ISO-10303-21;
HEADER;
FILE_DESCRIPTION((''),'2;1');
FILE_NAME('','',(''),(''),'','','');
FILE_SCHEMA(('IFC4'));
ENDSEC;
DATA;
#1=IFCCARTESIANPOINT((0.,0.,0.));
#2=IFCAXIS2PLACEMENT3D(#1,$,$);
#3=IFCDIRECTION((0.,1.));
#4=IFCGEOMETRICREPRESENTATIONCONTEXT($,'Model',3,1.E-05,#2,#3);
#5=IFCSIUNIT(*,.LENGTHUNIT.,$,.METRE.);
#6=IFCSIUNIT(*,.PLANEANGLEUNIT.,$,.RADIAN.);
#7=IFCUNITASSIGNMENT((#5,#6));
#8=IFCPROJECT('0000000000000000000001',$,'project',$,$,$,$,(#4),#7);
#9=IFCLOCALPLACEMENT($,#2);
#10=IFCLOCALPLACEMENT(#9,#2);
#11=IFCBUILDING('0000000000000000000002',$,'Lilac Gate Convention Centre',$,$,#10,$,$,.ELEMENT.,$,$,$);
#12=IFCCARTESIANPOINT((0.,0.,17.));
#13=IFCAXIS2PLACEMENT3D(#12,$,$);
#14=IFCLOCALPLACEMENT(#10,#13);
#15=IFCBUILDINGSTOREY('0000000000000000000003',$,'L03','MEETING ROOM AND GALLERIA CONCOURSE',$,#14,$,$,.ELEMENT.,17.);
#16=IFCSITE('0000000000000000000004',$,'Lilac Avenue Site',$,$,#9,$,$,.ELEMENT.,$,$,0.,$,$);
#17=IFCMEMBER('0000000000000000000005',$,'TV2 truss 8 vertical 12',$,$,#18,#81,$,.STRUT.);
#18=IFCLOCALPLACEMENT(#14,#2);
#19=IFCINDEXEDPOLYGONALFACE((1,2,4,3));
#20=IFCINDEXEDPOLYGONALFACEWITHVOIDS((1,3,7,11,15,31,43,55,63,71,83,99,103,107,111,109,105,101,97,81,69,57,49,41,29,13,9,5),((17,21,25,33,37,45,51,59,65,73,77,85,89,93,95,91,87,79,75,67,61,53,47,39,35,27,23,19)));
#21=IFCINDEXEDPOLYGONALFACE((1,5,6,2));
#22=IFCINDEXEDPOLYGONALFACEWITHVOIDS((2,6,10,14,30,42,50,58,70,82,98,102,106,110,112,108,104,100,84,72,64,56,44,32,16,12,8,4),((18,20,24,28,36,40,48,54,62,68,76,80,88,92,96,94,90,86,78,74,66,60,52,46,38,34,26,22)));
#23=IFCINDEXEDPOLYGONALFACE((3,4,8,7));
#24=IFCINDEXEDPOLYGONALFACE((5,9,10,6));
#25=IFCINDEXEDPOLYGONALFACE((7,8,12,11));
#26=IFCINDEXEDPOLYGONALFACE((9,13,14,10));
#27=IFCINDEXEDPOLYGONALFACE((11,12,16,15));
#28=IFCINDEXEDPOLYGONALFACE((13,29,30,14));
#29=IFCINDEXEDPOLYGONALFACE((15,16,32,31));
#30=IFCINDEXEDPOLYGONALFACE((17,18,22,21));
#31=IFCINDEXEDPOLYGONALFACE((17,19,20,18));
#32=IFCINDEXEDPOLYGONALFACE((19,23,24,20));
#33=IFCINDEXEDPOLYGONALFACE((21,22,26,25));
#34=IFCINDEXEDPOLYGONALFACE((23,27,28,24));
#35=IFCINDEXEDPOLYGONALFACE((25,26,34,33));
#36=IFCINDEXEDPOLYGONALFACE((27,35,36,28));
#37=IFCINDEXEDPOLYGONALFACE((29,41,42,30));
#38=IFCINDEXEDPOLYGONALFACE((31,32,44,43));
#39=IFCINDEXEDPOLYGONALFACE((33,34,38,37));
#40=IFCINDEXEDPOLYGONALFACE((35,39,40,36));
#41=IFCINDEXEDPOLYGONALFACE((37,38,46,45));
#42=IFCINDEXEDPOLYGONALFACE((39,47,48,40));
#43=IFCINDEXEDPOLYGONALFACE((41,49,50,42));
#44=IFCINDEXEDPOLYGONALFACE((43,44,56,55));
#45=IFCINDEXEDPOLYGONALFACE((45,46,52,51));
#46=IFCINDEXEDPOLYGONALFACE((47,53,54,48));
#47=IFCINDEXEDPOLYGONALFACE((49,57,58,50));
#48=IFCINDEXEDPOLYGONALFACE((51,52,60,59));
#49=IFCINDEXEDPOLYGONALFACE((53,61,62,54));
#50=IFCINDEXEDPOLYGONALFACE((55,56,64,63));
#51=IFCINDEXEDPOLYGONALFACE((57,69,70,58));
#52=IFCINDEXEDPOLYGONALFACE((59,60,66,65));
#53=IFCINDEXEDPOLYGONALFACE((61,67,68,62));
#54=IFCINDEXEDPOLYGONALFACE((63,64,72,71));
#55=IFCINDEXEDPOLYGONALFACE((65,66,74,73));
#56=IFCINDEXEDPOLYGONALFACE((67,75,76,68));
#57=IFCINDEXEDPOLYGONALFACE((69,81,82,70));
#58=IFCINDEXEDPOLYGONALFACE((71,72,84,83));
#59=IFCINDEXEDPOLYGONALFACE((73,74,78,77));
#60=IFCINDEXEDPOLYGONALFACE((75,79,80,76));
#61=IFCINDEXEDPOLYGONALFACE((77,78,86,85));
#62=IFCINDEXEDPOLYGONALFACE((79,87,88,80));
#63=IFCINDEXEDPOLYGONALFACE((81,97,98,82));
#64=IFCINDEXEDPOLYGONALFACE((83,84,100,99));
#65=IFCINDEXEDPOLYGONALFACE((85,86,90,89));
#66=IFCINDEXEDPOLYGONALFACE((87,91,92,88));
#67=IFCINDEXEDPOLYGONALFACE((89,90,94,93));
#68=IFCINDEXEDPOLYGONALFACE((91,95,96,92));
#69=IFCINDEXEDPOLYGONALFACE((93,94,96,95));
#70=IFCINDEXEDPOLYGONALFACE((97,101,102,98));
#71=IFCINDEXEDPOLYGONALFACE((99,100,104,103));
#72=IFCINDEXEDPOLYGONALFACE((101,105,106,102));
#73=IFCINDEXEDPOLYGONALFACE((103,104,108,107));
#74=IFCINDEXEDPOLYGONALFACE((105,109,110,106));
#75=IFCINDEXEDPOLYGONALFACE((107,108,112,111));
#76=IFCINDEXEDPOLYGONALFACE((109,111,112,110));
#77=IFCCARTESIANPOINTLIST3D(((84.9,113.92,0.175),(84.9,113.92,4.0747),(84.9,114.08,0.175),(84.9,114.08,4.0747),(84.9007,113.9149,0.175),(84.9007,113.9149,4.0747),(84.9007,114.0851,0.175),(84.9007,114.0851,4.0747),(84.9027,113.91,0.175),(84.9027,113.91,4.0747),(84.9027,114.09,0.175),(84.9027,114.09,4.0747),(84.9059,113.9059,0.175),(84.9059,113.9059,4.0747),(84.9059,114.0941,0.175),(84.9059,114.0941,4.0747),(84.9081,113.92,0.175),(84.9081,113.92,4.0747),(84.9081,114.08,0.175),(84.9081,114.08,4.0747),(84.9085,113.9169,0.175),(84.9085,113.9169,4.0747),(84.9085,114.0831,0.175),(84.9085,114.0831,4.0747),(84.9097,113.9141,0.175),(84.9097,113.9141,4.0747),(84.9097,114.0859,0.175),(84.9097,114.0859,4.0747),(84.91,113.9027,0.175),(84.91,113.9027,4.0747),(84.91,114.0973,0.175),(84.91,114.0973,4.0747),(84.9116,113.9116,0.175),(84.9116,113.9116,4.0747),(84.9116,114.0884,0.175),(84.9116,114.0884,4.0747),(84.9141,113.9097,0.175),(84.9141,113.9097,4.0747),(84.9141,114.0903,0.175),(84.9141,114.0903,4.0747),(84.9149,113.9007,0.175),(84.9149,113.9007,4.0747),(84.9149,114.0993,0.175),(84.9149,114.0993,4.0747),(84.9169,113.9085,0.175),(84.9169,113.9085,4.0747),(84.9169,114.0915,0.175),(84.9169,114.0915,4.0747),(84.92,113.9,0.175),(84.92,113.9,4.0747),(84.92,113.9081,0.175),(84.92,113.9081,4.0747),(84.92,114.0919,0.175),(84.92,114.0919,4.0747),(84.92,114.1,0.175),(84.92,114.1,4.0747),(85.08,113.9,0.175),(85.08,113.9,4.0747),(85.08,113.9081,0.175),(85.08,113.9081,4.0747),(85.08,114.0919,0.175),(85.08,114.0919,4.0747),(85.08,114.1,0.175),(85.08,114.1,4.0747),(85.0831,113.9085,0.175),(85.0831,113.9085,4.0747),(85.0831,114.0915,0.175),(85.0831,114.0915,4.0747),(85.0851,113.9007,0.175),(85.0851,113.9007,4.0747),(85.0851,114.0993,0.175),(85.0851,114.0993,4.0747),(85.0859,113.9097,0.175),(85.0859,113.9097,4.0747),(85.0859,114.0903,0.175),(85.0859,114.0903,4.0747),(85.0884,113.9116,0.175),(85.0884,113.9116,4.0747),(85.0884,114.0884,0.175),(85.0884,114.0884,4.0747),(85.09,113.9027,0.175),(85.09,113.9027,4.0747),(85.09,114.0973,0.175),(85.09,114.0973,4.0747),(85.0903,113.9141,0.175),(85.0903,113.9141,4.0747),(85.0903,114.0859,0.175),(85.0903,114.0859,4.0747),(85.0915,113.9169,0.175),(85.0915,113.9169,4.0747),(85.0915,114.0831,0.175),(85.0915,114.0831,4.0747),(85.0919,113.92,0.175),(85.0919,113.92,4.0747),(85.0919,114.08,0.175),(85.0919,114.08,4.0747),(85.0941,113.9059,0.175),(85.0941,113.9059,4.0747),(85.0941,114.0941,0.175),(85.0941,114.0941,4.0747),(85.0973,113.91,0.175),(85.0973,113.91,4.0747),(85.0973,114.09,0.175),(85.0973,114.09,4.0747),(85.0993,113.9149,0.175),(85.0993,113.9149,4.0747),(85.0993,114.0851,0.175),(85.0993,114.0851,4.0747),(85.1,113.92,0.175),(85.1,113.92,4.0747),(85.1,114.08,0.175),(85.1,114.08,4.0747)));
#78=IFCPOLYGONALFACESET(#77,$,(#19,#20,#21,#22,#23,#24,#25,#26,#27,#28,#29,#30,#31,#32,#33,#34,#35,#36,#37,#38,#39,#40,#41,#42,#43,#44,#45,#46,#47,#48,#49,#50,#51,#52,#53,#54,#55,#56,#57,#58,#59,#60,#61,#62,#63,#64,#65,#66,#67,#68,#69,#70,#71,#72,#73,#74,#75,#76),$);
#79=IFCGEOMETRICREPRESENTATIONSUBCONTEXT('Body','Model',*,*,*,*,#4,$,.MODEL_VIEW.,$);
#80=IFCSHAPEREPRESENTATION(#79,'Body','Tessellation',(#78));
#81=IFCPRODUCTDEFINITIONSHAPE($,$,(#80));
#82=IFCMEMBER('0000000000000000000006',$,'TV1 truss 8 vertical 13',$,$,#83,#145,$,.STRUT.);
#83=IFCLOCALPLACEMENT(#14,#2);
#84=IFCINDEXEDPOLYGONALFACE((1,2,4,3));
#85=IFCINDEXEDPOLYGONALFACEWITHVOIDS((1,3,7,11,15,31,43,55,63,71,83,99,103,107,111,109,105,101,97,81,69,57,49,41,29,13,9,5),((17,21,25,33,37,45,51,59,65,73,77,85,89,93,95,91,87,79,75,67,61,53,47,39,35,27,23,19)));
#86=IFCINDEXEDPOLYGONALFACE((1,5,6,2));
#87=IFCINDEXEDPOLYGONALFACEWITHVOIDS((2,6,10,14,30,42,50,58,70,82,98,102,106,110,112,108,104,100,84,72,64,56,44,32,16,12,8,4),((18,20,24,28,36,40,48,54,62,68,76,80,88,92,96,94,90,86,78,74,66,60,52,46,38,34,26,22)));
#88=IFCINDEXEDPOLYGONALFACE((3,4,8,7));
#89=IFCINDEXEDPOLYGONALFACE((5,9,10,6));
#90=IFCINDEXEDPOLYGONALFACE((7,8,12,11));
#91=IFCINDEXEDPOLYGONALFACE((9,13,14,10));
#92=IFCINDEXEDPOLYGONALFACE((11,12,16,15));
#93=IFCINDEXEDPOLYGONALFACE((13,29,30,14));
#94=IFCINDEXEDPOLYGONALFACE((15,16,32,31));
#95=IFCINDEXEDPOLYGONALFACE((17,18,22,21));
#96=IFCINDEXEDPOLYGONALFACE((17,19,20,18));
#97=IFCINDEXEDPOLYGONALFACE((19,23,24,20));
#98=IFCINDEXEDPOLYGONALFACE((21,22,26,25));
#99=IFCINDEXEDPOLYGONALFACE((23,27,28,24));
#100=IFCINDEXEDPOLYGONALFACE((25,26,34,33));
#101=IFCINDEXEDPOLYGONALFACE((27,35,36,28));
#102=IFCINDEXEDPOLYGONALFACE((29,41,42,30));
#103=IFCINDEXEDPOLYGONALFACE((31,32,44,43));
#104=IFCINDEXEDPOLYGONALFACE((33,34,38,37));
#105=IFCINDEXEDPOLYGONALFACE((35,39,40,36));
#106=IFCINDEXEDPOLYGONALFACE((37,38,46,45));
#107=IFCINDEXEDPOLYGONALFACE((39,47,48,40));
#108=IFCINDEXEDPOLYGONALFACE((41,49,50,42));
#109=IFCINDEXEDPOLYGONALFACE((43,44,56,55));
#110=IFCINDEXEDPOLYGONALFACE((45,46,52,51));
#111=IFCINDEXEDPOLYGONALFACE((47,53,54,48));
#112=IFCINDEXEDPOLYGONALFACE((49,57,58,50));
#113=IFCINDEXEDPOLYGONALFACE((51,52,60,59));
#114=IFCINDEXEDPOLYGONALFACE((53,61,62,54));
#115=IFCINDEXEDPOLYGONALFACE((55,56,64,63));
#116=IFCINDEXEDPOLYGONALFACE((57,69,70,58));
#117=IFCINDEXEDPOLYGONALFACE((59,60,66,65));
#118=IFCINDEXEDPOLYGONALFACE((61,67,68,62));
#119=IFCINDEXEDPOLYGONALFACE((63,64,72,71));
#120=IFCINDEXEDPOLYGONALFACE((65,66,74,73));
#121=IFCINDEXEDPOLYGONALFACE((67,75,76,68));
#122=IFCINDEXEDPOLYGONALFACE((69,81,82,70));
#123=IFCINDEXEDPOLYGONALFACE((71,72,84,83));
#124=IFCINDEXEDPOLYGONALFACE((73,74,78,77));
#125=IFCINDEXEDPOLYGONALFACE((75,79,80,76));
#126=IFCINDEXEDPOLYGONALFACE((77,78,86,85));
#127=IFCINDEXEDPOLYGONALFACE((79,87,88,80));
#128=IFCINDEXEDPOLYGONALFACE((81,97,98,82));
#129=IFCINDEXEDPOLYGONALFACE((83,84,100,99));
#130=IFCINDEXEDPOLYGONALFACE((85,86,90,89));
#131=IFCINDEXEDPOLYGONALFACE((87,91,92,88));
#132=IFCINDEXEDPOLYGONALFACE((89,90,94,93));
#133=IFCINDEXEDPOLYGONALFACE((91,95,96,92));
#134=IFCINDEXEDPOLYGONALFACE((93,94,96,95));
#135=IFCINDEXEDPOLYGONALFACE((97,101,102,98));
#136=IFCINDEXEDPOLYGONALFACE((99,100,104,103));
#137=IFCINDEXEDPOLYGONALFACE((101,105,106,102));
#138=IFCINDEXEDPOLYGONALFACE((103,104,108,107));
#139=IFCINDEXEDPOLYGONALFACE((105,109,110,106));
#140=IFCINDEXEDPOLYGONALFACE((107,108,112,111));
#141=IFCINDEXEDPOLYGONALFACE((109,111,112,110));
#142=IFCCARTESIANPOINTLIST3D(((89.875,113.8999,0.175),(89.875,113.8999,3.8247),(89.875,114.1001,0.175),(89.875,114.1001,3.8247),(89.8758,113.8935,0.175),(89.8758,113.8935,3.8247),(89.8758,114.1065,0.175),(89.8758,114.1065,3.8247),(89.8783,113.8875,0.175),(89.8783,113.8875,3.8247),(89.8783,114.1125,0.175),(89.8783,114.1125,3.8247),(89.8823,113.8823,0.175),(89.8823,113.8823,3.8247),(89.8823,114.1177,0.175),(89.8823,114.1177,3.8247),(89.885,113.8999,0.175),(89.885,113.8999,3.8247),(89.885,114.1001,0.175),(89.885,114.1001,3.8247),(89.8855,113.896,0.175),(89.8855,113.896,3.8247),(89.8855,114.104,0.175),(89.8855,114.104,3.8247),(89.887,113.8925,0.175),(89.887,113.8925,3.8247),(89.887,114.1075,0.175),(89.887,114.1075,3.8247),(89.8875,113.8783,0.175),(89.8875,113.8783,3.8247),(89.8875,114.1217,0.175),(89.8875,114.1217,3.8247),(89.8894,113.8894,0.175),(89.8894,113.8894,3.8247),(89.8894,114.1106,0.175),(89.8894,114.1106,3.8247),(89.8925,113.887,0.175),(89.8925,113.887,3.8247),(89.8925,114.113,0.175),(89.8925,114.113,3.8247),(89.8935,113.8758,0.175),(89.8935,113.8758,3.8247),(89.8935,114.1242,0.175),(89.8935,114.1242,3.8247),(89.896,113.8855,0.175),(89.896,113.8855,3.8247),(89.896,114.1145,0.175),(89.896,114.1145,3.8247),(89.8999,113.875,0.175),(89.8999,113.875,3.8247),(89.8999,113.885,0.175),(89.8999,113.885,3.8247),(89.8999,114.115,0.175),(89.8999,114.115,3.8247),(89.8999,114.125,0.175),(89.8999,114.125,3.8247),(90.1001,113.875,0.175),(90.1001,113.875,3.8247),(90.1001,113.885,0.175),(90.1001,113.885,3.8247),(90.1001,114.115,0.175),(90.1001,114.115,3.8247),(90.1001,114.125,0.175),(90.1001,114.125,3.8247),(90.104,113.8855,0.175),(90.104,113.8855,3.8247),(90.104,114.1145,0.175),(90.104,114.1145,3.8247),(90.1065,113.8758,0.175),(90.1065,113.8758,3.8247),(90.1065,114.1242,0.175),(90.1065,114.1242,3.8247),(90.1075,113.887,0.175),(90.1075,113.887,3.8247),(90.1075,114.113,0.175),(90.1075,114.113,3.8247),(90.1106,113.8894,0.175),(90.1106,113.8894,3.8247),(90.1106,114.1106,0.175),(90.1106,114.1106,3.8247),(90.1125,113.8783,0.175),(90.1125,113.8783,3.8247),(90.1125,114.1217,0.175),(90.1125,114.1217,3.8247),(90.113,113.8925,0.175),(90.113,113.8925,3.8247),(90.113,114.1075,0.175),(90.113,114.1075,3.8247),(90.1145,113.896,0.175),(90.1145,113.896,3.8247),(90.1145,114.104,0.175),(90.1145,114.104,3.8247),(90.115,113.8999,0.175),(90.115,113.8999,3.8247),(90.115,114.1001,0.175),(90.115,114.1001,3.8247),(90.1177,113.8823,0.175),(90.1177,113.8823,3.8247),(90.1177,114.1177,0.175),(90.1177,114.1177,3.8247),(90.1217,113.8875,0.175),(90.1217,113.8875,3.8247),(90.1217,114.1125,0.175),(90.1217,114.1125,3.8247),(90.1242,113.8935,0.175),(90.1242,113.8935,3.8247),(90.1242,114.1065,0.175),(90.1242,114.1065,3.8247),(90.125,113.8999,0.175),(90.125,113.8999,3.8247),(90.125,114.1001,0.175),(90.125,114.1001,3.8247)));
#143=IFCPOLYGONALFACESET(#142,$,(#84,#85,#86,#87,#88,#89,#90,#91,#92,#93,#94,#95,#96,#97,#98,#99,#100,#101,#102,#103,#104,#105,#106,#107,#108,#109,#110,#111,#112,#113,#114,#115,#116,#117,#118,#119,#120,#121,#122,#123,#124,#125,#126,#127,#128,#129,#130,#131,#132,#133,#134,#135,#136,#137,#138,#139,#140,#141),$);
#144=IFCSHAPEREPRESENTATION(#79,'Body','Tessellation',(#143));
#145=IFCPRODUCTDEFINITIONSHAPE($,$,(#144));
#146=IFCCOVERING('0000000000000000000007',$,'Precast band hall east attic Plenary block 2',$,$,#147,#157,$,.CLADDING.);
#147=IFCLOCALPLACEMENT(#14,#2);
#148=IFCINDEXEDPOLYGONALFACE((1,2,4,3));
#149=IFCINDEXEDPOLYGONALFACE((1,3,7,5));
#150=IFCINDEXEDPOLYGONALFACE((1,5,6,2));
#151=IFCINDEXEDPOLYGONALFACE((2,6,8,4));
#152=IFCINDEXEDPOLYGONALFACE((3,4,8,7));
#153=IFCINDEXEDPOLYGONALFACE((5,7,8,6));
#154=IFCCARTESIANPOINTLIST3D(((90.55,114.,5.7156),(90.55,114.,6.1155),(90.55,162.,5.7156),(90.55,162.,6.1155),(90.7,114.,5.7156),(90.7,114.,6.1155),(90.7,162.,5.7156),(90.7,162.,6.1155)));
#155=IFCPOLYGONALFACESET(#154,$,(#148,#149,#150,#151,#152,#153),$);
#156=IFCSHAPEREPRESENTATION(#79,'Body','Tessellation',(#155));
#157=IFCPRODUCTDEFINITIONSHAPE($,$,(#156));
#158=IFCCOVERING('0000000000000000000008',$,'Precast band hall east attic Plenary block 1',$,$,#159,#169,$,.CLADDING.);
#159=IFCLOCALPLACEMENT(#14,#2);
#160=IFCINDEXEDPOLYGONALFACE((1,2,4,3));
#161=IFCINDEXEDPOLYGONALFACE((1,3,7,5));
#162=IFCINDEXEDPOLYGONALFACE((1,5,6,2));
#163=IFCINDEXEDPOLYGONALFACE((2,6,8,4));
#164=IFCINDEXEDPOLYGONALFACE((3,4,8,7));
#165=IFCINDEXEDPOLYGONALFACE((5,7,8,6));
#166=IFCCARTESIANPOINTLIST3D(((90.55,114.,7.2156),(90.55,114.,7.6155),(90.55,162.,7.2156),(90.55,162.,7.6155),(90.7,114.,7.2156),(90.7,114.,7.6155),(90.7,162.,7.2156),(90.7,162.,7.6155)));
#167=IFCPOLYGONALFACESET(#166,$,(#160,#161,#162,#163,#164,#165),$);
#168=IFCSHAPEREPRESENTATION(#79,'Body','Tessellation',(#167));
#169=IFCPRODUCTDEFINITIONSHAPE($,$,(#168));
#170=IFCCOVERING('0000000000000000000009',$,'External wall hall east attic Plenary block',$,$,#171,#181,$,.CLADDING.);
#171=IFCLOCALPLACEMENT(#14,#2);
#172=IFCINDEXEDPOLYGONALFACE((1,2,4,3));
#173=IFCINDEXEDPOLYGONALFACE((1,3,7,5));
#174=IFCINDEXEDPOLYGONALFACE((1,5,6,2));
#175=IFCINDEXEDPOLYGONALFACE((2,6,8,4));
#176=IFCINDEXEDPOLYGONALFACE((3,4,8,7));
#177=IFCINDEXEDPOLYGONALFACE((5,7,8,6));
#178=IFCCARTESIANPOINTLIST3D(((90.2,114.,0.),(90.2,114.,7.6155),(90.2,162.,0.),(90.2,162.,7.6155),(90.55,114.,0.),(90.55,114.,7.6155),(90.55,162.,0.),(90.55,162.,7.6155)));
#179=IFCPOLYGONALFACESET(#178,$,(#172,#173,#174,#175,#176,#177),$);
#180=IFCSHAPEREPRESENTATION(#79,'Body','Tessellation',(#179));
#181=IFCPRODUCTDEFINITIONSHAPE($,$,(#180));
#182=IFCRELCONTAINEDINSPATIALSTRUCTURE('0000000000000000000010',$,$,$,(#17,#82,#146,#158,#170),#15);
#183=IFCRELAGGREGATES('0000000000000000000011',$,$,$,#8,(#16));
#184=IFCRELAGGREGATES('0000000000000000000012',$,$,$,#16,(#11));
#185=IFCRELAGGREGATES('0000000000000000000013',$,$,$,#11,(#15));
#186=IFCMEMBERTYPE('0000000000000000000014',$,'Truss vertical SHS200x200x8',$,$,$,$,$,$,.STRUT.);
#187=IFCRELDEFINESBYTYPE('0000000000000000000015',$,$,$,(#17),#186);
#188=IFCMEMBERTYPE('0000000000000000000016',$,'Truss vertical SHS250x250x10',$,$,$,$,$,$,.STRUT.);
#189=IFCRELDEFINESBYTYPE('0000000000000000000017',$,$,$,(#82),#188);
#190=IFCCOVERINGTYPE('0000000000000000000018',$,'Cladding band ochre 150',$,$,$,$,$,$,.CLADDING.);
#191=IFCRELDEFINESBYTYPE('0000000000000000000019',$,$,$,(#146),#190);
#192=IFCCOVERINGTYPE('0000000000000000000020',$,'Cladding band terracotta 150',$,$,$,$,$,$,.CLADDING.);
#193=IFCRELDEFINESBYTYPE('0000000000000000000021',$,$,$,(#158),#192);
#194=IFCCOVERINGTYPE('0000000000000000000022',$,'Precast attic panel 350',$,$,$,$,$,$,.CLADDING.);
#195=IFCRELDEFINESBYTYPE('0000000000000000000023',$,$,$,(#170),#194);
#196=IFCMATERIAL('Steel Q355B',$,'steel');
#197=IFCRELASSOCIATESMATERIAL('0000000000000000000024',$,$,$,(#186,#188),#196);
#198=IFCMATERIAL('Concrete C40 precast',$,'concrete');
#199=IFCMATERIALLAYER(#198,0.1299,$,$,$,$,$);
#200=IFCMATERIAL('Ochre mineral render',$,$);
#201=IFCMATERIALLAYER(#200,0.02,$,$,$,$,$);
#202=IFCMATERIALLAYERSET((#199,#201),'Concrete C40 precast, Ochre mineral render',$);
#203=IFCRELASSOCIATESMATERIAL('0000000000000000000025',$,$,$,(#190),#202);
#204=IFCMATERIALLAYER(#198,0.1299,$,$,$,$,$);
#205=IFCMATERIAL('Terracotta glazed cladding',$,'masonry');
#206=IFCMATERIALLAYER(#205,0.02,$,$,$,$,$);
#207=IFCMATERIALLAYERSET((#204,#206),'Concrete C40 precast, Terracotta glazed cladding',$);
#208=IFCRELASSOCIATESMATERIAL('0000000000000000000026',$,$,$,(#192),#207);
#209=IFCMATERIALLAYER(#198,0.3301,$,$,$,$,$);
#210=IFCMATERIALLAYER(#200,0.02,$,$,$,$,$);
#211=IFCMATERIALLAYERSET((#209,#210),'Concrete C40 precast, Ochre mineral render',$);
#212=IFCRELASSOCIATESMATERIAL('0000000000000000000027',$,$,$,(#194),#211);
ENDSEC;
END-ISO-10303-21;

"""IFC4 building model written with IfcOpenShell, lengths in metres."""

from ifc_helpers import new_model, si_unit, direction, frame, frame_2d, origin, origin_2d, place, context, subcontext, project, spatial, rectangle, hollow_rectangle, extrude, material, layer, layer_set, material_profile, profile_set, type_object, element, save


model = new_model("IFC4")

# Units and contexts
model_context = context("Model", 3, precision=1e-05, world=origin(), true_north=direction((0.0, 1.0)))
body_context = subcontext(model_context, "Body", "Model", "MODEL_VIEW")
ifc_project = project(units=[si_unit("LENGTHUNIT", "METRE"), si_unit("PLANEANGLEUNIT", "RADIAN")], contexts=[model_context])

# Site, building, storey
site_placement = place(None, origin())
site = spatial("IfcSite", under=ifc_project, at=site_placement, Name="Lilac Avenue Site", CompositionType="ELEMENT", RefElevation=0.0)
building_placement = place(site_placement, origin())
building = spatial("IfcBuilding", under=site, at=building_placement, Name="Lilac Gate Convention Centre", CompositionType="ELEMENT")
storey_placement = place(building_placement, frame((0.0, 0.0, 17.0)))
storey = spatial("IfcBuildingStorey", under=building, at=storey_placement, Name="L03", Description="MEETING ROOM AND GALLERIA CONCOURSE", CompositionType="ELEMENT", Elevation=17.0)

# Members
ifc_material_1 = material(Name="Steel Q355B", Category="steel")
ifc_material_profile_1 = material_profile(ifc_material_1, hollow_rectangle(XDim=0.2, YDim=0.2, WallThickness=0.0081, InnerFilletRadius=0.012, OuterFilletRadius=0.02, at=origin_2d()), Name="SHS200x200x8")
ifc_profile_set_1 = profile_set([ifc_material_profile_1], Name="Steel Q355B")
member_type_1 = type_object("IfcMemberType", Name="Truss vertical SHS200x200x8", PredefinedType="STRUT", material=ifc_profile_set_1)
member_1_placement = place(storey_placement, frame((85.0, 114.0, 0.175), z_axis=(0.0, 0.0, 1.0), x_axis=(1.0, 0.0, 0.0)))
element("IfcMember", 1, at=member_1_placement, inside=storey, type_object=member_type_1, Name="TV2 truss 8 vertical 12", PredefinedType="STRUT", context=body_context, shape_type="SweptSolid", body=[
    extrude(hollow_rectangle(XDim=0.2, YDim=0.2, WallThickness=0.0081, InnerFilletRadius=0.012, OuterFilletRadius=0.02, at=origin_2d()), origin(), (0.0, 0.0, 1.0), 3.8997),
])
ifc_material_profile_2 = material_profile(ifc_material_1, hollow_rectangle(XDim=0.25, YDim=0.25, WallThickness=0.01, InnerFilletRadius=0.0149, OuterFilletRadius=0.0249, at=origin_2d()), Name="SHS250x250x10")
ifc_profile_set_2 = profile_set([ifc_material_profile_2], Name="Steel Q355B")
member_type_2 = type_object("IfcMemberType", Name="Truss vertical SHS250x250x10", PredefinedType="STRUT", material=ifc_profile_set_2)
member_2_placement = place(storey_placement, frame((90.0, 114.0, 0.175), z_axis=(0.0, 0.0, 1.0), x_axis=(1.0, 0.0, 0.0)))
element("IfcMember", 2, at=member_2_placement, inside=storey, type_object=member_type_2, Name="TV1 truss 8 vertical 13", PredefinedType="STRUT", context=body_context, shape_type="SweptSolid", body=[
    extrude(hollow_rectangle(XDim=0.25, YDim=0.25, WallThickness=0.01, InnerFilletRadius=0.0149, OuterFilletRadius=0.0249, at=origin_2d()), origin(), (0.0, 0.0, 1.0), 3.6497),
])

# Coverings
ifc_material_2 = material(Name="Concrete C40 precast", Category="concrete")
ifc_layer_1 = layer(ifc_material_2, 0.1299)
ifc_material_3 = material(Name="Ochre mineral render")
ifc_layer_2 = layer(ifc_material_3, 0.02)
ifc_layer_set_1 = layer_set([ifc_layer_1, ifc_layer_2], Name="Concrete C40 precast, Ochre mineral render")
covering_type_1 = type_object("IfcCoveringType", Name="Cladding band ochre 150", PredefinedType="CLADDING", material=ifc_layer_set_1)
covering_1_placement = place(storey_placement, frame((90.625, 114.0, 5.7156), z_axis=(0.0, 0.0, 1.0), x_axis=(0.0, 1.0, 0.0)))
element("IfcCovering", 3, at=covering_1_placement, inside=storey, type_object=covering_type_1, Name="Precast band hall east attic Plenary block 2", PredefinedType="CLADDING", context=body_context, shape_type="SweptSolid", body=[
    extrude(rectangle(XDim=48.0, YDim=0.1499, at=frame_2d((24.0, 0.0))), origin(), (0.0, 0.0, 1.0), 0.3999),
])
ifc_layer_3 = layer(ifc_material_2, 0.1299)
ifc_material_4 = material(Name="Terracotta glazed cladding", Category="masonry")
ifc_layer_4 = layer(ifc_material_4, 0.02)
ifc_layer_set_2 = layer_set([ifc_layer_3, ifc_layer_4], Name="Concrete C40 precast, Terracotta glazed cladding")
covering_type_2 = type_object("IfcCoveringType", Name="Cladding band terracotta 150", PredefinedType="CLADDING", material=ifc_layer_set_2)
covering_2_placement = place(storey_placement, frame((90.625, 114.0, 7.2156), z_axis=(0.0, 0.0, 1.0), x_axis=(0.0, 1.0, 0.0)))
element("IfcCovering", 4, at=covering_2_placement, inside=storey, type_object=covering_type_2, Name="Precast band hall east attic Plenary block 1", PredefinedType="CLADDING", context=body_context, shape_type="SweptSolid", body=[
    extrude(rectangle(XDim=48.0, YDim=0.1499, at=frame_2d((24.0, 0.0))), origin(), (0.0, 0.0, 1.0), 0.3999),
])
ifc_layer_5 = layer(ifc_material_2, 0.3301)
ifc_layer_6 = layer(ifc_material_3, 0.02)
ifc_layer_set_3 = layer_set([ifc_layer_5, ifc_layer_6], Name="Concrete C40 precast, Ochre mineral render")
covering_type_3 = type_object("IfcCoveringType", Name="Precast attic panel 350", PredefinedType="CLADDING", material=ifc_layer_set_3)
covering_3_placement = place(storey_placement, frame((90.375, 114.0, 0.0), z_axis=(0.0, 0.0, 1.0), x_axis=(0.0, 1.0, 0.0)))
element("IfcCovering", 5, at=covering_3_placement, inside=storey, type_object=covering_type_3, Name="External wall hall east attic Plenary block", PredefinedType="CLADDING", context=body_context, shape_type="SweptSolid", body=[
    extrude(rectangle(XDim=48.0, YDim=0.3501, at=frame_2d((24.0, 0.0))), origin(), (0.0, 0.0, 1.0), 7.6155),
])

save(model, "model.ifc")
